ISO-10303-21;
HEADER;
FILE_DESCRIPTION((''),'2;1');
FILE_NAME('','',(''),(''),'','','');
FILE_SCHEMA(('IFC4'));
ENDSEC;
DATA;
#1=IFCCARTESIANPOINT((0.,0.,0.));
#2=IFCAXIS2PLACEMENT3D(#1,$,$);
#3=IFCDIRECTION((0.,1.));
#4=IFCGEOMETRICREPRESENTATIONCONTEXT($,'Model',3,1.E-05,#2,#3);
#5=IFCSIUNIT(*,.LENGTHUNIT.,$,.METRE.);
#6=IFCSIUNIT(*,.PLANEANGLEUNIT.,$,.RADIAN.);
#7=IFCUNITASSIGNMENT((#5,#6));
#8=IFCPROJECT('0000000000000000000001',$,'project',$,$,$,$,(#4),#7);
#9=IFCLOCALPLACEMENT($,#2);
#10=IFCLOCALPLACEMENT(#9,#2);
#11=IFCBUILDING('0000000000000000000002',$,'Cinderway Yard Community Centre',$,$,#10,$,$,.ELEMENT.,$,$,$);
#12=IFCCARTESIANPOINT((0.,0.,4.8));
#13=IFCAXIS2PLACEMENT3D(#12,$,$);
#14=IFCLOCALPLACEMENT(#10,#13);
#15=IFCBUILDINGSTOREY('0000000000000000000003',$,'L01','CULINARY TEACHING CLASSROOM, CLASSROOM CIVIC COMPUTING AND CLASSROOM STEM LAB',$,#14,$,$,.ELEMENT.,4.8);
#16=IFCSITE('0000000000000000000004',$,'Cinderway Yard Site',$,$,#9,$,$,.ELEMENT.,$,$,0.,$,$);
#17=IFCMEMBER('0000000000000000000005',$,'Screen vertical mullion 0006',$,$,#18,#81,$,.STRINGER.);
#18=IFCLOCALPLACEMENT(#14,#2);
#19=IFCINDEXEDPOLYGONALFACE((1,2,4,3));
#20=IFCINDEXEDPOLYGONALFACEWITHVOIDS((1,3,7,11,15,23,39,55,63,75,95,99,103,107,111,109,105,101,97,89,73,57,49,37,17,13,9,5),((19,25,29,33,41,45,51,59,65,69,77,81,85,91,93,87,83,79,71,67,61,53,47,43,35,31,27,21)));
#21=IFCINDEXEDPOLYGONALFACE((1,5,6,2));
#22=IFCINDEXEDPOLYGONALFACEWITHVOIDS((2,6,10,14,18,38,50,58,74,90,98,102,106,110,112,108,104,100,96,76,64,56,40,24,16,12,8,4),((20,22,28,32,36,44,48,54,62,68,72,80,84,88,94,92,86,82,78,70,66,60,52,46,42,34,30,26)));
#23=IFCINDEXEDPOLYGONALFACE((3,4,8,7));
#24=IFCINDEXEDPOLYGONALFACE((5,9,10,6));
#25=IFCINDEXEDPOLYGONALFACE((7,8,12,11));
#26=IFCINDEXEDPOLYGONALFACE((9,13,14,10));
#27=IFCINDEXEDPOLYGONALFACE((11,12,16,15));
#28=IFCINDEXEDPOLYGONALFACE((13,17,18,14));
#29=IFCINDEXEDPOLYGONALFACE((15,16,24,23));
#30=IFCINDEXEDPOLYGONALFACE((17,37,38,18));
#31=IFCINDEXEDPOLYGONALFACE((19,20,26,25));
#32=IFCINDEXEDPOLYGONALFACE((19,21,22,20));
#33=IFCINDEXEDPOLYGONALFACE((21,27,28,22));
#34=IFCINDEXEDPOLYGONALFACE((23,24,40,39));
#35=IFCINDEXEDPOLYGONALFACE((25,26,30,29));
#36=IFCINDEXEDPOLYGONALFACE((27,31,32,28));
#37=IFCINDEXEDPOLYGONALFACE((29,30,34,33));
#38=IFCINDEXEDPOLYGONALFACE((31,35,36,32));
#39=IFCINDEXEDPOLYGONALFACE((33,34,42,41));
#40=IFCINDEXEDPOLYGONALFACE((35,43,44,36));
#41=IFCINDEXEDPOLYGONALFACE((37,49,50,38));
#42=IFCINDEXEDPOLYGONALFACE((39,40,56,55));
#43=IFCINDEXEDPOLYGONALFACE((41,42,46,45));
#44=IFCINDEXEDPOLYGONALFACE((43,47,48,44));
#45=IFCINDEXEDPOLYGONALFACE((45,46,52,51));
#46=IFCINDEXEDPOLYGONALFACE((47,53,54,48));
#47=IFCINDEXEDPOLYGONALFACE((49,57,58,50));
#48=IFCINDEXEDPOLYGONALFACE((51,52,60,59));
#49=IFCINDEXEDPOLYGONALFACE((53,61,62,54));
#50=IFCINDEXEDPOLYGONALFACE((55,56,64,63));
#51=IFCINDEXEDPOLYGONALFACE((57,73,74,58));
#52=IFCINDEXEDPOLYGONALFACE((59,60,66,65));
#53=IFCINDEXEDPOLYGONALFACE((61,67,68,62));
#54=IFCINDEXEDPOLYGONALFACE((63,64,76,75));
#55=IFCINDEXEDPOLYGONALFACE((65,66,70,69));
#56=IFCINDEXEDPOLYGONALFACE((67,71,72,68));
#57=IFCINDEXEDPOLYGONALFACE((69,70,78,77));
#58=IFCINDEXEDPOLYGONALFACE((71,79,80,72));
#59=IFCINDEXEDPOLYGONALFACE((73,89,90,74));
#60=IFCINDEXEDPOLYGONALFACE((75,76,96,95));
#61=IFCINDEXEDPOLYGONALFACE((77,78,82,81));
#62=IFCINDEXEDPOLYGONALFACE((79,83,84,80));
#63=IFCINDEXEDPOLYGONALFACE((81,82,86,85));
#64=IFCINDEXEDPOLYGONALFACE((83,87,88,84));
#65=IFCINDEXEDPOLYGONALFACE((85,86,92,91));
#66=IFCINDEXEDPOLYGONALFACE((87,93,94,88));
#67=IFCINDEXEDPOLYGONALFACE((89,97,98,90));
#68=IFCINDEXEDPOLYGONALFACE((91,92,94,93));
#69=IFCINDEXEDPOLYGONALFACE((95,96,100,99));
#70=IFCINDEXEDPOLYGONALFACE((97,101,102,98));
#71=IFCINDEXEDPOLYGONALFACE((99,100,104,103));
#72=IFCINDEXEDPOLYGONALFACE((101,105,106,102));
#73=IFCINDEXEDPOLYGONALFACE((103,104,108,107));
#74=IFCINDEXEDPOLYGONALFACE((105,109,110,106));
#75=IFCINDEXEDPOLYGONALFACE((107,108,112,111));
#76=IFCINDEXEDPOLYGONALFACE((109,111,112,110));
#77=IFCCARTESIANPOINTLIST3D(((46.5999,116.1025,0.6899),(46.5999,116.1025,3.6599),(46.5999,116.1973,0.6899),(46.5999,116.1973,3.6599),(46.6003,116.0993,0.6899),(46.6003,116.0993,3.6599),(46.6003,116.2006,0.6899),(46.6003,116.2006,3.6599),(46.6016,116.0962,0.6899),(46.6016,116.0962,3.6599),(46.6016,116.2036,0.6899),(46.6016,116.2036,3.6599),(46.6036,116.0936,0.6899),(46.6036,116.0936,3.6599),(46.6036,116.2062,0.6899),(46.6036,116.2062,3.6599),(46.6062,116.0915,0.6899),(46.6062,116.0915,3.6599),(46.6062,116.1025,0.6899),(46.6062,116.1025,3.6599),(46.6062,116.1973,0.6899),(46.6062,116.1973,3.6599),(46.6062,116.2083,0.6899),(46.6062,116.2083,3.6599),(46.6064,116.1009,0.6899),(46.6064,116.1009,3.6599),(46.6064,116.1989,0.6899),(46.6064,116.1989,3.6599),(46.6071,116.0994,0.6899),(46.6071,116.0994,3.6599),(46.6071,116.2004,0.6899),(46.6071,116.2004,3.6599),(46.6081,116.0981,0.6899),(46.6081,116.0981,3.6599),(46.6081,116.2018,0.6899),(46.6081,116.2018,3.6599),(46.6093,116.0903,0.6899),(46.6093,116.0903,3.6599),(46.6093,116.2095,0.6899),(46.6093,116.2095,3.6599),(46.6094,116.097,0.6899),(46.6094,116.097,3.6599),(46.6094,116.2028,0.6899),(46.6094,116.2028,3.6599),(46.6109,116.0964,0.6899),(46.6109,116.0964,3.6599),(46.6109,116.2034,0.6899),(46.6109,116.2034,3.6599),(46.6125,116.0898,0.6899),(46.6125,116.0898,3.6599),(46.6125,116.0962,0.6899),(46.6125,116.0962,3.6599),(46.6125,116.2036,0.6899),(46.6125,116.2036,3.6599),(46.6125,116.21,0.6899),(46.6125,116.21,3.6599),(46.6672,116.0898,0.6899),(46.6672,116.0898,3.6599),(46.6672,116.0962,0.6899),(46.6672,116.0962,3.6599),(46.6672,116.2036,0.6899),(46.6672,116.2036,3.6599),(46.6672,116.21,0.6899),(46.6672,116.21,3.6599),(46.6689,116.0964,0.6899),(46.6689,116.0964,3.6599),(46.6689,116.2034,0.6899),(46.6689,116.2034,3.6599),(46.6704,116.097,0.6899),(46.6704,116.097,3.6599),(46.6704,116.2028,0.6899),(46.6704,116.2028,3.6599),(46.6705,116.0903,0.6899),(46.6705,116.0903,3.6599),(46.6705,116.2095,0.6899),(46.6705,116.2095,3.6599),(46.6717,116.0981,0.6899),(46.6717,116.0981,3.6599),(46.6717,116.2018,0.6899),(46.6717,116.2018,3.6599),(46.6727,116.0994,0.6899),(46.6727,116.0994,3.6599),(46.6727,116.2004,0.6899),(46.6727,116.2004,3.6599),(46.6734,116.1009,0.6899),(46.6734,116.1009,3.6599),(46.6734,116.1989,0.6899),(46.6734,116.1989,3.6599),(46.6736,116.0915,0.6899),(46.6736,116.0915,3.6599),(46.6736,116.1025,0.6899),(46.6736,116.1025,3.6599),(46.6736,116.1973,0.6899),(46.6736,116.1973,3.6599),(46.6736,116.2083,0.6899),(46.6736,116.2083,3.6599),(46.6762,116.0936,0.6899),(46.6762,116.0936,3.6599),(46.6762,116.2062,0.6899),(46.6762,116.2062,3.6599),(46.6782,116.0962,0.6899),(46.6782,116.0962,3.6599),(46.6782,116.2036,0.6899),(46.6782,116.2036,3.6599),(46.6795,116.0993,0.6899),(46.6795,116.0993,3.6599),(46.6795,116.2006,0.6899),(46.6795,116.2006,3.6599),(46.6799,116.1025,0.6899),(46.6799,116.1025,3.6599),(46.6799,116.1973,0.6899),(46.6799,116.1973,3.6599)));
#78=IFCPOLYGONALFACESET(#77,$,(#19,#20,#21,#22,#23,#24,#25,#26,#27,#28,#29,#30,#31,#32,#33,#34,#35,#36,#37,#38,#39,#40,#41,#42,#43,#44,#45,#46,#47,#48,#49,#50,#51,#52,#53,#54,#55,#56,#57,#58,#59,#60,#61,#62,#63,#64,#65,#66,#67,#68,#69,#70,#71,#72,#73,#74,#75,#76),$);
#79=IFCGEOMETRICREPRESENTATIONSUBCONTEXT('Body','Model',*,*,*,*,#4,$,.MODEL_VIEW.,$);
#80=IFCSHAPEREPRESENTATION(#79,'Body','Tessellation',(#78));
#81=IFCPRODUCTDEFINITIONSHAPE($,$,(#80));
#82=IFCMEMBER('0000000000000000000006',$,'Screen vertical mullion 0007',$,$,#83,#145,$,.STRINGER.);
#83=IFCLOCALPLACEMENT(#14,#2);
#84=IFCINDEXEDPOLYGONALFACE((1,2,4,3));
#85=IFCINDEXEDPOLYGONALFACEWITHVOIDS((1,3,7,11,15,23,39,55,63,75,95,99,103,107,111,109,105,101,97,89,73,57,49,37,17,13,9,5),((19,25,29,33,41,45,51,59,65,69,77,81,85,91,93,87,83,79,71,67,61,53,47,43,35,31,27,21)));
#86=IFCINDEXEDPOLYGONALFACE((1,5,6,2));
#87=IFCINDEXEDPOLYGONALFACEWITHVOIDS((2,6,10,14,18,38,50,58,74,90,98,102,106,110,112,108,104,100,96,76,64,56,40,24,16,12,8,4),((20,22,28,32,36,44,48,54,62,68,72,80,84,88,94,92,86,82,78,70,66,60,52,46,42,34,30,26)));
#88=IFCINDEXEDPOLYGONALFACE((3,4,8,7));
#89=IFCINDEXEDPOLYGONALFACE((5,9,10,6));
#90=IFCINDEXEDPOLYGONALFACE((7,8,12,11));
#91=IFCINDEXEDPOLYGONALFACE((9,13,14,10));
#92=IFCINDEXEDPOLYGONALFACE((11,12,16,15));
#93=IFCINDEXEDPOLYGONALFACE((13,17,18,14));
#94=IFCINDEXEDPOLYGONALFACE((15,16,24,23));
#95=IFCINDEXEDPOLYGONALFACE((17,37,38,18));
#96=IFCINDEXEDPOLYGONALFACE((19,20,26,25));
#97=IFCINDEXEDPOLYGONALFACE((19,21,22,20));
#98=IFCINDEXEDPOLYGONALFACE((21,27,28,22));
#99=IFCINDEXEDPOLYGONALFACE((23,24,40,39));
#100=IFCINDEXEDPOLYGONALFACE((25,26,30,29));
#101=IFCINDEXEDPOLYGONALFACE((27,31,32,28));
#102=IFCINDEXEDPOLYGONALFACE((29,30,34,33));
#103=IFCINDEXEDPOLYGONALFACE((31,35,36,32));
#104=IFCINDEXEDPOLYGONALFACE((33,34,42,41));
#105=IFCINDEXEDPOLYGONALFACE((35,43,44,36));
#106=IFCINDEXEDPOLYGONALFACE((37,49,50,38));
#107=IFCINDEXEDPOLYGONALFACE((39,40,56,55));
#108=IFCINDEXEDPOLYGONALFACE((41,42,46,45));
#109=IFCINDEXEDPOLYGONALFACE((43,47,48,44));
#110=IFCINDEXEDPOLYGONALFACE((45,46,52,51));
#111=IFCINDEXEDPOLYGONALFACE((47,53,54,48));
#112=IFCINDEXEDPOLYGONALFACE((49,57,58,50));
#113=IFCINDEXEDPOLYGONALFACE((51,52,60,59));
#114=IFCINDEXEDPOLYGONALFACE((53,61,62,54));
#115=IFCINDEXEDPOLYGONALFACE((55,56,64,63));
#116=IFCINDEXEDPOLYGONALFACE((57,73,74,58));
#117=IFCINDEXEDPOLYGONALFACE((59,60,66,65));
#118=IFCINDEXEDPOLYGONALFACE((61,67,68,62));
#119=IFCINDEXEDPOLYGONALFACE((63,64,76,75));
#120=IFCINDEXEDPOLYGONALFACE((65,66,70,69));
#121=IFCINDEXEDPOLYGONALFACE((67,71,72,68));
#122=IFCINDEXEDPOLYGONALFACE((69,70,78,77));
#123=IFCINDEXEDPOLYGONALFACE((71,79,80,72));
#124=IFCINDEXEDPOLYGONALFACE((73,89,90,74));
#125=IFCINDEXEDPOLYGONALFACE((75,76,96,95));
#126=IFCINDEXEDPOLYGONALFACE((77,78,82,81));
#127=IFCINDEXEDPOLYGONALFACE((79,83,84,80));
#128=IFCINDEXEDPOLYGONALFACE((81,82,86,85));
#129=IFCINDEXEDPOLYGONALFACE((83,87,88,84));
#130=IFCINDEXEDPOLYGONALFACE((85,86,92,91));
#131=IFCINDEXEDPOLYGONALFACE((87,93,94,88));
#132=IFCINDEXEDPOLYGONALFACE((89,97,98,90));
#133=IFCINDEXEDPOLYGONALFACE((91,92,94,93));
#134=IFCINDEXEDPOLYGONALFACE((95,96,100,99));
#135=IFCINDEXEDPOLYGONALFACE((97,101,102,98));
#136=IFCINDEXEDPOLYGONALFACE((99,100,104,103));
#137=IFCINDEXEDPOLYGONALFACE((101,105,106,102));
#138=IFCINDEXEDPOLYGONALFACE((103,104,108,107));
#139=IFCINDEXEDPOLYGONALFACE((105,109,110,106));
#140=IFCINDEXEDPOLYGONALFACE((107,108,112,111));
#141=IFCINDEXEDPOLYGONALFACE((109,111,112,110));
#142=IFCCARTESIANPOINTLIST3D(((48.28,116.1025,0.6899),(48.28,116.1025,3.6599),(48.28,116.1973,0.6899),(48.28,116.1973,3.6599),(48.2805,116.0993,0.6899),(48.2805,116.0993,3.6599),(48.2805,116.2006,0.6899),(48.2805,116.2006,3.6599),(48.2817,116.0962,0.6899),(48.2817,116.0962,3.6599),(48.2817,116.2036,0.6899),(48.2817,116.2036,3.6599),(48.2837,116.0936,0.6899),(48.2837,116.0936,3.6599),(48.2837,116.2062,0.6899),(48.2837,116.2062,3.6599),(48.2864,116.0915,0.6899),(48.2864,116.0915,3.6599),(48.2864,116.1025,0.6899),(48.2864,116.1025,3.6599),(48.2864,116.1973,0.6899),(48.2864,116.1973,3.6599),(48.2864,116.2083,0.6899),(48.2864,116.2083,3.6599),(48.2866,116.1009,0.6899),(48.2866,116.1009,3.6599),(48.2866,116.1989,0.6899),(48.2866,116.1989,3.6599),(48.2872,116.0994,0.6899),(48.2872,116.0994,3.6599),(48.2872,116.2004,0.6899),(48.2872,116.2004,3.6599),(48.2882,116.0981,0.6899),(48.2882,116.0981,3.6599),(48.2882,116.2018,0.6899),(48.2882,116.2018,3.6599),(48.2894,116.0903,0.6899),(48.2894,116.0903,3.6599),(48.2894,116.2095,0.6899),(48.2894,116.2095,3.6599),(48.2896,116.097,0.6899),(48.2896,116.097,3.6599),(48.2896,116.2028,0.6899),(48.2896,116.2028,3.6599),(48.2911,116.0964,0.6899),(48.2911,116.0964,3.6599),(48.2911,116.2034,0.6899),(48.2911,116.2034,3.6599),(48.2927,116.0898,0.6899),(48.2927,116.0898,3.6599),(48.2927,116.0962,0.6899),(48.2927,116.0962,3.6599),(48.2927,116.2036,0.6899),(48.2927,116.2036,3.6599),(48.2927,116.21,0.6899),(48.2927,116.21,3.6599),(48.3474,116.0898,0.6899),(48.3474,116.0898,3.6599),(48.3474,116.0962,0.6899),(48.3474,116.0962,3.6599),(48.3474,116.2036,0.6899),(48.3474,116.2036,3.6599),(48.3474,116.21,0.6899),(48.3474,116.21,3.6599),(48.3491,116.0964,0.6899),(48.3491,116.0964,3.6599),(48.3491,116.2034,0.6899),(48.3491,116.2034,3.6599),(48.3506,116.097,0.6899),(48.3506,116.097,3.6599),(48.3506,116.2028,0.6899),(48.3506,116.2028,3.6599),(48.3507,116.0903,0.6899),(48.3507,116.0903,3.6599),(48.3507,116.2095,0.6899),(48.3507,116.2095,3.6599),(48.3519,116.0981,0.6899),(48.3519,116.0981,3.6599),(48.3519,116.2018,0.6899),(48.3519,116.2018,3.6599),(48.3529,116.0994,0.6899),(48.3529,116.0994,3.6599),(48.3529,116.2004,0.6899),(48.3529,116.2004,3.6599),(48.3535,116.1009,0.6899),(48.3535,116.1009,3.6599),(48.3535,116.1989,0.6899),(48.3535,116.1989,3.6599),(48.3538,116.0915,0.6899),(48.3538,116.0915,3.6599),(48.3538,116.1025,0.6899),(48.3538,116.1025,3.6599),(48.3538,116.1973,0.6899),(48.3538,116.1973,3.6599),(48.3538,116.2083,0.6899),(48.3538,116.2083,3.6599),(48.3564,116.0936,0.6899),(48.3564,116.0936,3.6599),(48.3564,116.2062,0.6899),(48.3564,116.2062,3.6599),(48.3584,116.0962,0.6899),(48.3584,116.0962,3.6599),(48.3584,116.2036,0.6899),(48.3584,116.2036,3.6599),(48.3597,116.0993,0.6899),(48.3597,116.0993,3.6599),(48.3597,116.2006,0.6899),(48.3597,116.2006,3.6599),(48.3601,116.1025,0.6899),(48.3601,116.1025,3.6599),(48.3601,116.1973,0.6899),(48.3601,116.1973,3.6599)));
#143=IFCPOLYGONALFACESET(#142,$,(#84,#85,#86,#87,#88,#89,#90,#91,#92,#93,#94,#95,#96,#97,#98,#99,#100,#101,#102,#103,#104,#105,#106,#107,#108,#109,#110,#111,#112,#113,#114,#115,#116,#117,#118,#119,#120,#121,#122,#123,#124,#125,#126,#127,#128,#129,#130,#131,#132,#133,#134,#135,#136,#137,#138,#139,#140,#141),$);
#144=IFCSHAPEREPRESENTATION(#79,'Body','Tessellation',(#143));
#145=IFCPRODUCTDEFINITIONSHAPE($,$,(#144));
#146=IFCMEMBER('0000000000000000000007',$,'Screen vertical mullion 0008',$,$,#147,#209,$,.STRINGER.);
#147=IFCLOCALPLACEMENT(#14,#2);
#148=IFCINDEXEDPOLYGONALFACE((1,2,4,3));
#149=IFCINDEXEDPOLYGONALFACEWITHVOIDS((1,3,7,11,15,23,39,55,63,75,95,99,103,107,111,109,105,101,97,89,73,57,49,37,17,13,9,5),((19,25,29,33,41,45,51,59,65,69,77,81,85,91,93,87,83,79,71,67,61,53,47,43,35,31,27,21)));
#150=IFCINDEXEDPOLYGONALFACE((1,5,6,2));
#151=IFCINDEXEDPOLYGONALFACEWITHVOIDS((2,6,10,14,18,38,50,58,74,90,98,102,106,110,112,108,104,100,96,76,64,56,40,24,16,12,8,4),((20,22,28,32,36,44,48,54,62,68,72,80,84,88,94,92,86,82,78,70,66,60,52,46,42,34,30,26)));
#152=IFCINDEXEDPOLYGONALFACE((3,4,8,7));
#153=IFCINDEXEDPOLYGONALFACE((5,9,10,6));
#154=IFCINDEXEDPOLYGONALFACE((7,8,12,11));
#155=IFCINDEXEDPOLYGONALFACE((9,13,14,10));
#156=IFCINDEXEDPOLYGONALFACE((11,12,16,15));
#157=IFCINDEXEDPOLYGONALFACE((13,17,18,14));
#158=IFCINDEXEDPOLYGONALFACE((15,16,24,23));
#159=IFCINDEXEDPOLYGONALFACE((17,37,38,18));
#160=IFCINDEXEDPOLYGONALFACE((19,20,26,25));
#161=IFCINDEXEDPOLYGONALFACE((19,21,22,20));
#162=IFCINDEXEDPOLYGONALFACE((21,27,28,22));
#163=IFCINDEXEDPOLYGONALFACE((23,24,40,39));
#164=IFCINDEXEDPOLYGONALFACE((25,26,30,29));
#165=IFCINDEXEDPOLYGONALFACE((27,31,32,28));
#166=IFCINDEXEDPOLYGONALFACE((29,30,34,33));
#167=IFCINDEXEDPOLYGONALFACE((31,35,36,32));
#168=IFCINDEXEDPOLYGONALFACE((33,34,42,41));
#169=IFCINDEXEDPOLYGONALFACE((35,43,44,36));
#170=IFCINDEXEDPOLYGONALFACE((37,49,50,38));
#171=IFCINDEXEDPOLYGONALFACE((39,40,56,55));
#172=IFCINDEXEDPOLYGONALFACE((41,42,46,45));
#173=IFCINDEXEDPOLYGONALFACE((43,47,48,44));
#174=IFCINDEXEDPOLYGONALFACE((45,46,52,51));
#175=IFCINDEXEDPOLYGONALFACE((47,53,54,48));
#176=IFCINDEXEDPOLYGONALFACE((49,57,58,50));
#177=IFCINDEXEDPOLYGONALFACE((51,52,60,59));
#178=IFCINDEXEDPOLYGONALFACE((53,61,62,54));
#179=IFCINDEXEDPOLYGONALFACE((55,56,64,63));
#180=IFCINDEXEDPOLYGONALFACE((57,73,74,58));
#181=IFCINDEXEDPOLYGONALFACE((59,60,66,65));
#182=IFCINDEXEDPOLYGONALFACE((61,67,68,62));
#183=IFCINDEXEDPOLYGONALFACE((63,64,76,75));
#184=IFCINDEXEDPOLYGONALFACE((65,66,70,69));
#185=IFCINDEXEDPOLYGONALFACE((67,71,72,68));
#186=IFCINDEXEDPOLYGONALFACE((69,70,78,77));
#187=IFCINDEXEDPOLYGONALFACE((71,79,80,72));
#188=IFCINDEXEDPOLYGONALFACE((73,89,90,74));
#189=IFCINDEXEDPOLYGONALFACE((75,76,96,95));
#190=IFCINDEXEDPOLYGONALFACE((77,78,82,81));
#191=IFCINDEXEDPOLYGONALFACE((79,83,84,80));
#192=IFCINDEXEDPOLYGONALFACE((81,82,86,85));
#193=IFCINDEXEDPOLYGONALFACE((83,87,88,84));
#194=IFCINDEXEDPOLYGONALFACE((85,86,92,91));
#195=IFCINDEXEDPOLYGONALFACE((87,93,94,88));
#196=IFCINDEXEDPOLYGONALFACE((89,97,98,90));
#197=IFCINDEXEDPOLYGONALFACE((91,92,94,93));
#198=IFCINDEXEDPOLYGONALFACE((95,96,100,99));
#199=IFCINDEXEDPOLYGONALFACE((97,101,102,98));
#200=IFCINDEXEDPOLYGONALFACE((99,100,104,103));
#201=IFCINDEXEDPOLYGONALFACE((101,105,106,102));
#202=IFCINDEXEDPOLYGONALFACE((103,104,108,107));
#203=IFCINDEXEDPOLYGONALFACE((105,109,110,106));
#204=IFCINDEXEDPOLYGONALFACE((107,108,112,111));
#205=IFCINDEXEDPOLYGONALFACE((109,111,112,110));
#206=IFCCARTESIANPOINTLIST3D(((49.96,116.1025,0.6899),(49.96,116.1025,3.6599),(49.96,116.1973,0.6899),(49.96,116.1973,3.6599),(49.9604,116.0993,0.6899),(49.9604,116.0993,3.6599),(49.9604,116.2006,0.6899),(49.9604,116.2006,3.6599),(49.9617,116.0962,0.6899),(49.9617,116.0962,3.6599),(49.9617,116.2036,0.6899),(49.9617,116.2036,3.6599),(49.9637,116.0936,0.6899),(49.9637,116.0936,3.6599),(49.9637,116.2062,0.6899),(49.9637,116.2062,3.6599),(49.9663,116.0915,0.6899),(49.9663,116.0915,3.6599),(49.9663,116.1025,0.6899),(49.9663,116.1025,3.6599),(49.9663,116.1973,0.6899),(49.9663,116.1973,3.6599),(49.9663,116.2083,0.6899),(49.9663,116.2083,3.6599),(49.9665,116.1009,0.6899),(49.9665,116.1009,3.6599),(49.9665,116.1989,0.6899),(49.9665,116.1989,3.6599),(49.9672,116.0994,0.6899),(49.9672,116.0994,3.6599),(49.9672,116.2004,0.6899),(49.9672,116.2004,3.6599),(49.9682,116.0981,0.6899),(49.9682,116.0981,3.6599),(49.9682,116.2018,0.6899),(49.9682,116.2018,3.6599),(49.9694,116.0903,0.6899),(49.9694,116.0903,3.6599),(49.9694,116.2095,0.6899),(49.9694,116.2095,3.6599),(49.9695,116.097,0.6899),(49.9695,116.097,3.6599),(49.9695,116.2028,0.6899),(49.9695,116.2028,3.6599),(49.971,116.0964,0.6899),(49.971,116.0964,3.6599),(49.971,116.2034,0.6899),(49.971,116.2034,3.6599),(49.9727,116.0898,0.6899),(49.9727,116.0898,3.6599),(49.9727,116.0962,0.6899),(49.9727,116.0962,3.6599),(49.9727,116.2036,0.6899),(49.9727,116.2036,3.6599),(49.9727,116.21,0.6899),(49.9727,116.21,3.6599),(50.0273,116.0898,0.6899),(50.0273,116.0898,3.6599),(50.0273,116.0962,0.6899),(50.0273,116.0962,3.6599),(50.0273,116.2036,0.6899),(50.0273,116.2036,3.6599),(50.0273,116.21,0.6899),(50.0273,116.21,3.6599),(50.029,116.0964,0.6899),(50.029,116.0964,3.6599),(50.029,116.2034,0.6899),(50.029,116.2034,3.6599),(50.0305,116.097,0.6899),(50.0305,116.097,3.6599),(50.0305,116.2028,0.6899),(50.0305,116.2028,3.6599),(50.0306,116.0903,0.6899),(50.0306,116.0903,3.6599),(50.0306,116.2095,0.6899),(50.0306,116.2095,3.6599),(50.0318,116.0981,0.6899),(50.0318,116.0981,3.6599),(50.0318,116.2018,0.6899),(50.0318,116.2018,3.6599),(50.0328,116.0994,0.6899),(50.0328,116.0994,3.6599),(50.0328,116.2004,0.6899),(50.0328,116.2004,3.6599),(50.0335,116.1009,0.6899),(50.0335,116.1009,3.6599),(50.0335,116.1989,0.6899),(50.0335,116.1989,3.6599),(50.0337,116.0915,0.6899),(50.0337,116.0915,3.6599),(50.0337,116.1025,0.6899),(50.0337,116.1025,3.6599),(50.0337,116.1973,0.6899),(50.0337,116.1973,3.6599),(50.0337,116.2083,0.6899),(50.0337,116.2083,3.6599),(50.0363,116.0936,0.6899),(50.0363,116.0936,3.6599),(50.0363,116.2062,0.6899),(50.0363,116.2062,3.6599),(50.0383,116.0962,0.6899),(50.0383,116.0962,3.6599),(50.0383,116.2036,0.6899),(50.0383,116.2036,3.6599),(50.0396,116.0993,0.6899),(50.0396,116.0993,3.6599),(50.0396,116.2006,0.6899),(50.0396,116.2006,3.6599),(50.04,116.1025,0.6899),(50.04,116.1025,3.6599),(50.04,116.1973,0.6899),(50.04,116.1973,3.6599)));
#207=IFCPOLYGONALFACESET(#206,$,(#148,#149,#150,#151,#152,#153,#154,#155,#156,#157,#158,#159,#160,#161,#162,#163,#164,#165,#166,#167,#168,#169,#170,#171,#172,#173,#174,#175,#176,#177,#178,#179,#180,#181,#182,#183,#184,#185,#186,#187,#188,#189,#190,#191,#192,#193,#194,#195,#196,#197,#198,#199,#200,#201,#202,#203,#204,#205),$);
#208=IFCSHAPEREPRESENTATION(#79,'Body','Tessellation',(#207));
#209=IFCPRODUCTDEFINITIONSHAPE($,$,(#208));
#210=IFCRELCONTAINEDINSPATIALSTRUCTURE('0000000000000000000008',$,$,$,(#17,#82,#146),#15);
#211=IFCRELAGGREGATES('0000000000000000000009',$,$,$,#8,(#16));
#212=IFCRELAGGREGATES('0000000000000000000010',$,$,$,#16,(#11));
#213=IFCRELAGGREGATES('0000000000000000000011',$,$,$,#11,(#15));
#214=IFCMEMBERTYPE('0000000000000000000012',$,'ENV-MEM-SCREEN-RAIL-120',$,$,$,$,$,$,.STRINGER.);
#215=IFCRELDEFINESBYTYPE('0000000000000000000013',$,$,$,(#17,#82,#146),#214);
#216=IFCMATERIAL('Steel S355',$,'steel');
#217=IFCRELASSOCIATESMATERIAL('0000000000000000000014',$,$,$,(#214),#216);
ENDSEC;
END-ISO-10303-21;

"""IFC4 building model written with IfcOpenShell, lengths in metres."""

from ifc_helpers import new_model, si_unit, direction, frame, origin, origin_2d, place, context, subcontext, project, spatial, hollow_rectangle, extrude, material, material_profile, profile_set, type_object, element, save


model = new_model("IFC4")

# Units and contexts
model_context = context("Model", 3, precision=1e-05, world=origin(), true_north=direction((0.0, 1.0)))
body_context = subcontext(model_context, "Body", "Model", "MODEL_VIEW")
ifc_project = project(units=[si_unit("LENGTHUNIT", "METRE"), si_unit("PLANEANGLEUNIT", "RADIAN")], contexts=[model_context])

# Site, building, storey
site_placement = place(None, origin())
site = spatial("IfcSite", under=ifc_project, at=site_placement, Name="Cinderway Yard Site", CompositionType="ELEMENT", RefElevation=0.0)
building_placement = place(site_placement, origin())
building = spatial("IfcBuilding", under=site, at=building_placement, Name="Cinderway Yard Community Centre", CompositionType="ELEMENT")
storey_placement = place(building_placement, frame((0.0, 0.0, 4.8)))
storey = spatial("IfcBuildingStorey", under=building, at=storey_placement, Name="L01", Description="CULINARY TEACHING CLASSROOM, CLASSROOM CIVIC COMPUTING AND CLASSROOM STEM LAB", CompositionType="ELEMENT", Elevation=4.8)

# Members
ifc_material_1 = material(Name="Steel S355", Category="steel")
ifc_material_profile_1 = material_profile(ifc_material_1, hollow_rectangle(XDim=0.0801, YDim=0.1201, WallThickness=0.0063, InnerFilletRadius=0.0063, OuterFilletRadius=0.0127, at=origin_2d()), Name="Steel S355")
ifc_profile_set_1 = profile_set([ifc_material_profile_1], Name="Steel S355")
member_type_1 = type_object("IfcMemberType", Name="ENV-MEM-SCREEN-RAIL-120", PredefinedType="STRINGER", material=ifc_profile_set_1)
for number, where, z_axis, x_axis, name in (
    (1, (46.6399, 116.1499, 0.6899), (0.0, 0.0, 1.0), (1.0, 0.0, 0.0), "Screen vertical mullion 0006"),
    (2, (48.3201, 116.1499, 0.6899), (0.0, 0.0, 1.0), (1.0, 0.0, 0.0), "Screen vertical mullion 0007"),
    (3, (50.0, 116.1499, 0.6899), (0.0, 0.0, 1.0), (1.0, 0.0, 0.0), "Screen vertical mullion 0008"),
):
    element("IfcMember", number, at=place(storey_placement, frame(where, z_axis=z_axis, x_axis=x_axis)), inside=storey, type_object=member_type_1, Name=name, PredefinedType="STRINGER", context=body_context, shape_type="SweptSolid", body=[
        extrude(hollow_rectangle(XDim=0.0801, YDim=0.1201, WallThickness=0.0063, InnerFilletRadius=0.0063, OuterFilletRadius=0.0127, at=origin_2d()), origin(), (0.0, 0.0, 1.0), 2.97),
    ])

save(model, "model.ifc")
